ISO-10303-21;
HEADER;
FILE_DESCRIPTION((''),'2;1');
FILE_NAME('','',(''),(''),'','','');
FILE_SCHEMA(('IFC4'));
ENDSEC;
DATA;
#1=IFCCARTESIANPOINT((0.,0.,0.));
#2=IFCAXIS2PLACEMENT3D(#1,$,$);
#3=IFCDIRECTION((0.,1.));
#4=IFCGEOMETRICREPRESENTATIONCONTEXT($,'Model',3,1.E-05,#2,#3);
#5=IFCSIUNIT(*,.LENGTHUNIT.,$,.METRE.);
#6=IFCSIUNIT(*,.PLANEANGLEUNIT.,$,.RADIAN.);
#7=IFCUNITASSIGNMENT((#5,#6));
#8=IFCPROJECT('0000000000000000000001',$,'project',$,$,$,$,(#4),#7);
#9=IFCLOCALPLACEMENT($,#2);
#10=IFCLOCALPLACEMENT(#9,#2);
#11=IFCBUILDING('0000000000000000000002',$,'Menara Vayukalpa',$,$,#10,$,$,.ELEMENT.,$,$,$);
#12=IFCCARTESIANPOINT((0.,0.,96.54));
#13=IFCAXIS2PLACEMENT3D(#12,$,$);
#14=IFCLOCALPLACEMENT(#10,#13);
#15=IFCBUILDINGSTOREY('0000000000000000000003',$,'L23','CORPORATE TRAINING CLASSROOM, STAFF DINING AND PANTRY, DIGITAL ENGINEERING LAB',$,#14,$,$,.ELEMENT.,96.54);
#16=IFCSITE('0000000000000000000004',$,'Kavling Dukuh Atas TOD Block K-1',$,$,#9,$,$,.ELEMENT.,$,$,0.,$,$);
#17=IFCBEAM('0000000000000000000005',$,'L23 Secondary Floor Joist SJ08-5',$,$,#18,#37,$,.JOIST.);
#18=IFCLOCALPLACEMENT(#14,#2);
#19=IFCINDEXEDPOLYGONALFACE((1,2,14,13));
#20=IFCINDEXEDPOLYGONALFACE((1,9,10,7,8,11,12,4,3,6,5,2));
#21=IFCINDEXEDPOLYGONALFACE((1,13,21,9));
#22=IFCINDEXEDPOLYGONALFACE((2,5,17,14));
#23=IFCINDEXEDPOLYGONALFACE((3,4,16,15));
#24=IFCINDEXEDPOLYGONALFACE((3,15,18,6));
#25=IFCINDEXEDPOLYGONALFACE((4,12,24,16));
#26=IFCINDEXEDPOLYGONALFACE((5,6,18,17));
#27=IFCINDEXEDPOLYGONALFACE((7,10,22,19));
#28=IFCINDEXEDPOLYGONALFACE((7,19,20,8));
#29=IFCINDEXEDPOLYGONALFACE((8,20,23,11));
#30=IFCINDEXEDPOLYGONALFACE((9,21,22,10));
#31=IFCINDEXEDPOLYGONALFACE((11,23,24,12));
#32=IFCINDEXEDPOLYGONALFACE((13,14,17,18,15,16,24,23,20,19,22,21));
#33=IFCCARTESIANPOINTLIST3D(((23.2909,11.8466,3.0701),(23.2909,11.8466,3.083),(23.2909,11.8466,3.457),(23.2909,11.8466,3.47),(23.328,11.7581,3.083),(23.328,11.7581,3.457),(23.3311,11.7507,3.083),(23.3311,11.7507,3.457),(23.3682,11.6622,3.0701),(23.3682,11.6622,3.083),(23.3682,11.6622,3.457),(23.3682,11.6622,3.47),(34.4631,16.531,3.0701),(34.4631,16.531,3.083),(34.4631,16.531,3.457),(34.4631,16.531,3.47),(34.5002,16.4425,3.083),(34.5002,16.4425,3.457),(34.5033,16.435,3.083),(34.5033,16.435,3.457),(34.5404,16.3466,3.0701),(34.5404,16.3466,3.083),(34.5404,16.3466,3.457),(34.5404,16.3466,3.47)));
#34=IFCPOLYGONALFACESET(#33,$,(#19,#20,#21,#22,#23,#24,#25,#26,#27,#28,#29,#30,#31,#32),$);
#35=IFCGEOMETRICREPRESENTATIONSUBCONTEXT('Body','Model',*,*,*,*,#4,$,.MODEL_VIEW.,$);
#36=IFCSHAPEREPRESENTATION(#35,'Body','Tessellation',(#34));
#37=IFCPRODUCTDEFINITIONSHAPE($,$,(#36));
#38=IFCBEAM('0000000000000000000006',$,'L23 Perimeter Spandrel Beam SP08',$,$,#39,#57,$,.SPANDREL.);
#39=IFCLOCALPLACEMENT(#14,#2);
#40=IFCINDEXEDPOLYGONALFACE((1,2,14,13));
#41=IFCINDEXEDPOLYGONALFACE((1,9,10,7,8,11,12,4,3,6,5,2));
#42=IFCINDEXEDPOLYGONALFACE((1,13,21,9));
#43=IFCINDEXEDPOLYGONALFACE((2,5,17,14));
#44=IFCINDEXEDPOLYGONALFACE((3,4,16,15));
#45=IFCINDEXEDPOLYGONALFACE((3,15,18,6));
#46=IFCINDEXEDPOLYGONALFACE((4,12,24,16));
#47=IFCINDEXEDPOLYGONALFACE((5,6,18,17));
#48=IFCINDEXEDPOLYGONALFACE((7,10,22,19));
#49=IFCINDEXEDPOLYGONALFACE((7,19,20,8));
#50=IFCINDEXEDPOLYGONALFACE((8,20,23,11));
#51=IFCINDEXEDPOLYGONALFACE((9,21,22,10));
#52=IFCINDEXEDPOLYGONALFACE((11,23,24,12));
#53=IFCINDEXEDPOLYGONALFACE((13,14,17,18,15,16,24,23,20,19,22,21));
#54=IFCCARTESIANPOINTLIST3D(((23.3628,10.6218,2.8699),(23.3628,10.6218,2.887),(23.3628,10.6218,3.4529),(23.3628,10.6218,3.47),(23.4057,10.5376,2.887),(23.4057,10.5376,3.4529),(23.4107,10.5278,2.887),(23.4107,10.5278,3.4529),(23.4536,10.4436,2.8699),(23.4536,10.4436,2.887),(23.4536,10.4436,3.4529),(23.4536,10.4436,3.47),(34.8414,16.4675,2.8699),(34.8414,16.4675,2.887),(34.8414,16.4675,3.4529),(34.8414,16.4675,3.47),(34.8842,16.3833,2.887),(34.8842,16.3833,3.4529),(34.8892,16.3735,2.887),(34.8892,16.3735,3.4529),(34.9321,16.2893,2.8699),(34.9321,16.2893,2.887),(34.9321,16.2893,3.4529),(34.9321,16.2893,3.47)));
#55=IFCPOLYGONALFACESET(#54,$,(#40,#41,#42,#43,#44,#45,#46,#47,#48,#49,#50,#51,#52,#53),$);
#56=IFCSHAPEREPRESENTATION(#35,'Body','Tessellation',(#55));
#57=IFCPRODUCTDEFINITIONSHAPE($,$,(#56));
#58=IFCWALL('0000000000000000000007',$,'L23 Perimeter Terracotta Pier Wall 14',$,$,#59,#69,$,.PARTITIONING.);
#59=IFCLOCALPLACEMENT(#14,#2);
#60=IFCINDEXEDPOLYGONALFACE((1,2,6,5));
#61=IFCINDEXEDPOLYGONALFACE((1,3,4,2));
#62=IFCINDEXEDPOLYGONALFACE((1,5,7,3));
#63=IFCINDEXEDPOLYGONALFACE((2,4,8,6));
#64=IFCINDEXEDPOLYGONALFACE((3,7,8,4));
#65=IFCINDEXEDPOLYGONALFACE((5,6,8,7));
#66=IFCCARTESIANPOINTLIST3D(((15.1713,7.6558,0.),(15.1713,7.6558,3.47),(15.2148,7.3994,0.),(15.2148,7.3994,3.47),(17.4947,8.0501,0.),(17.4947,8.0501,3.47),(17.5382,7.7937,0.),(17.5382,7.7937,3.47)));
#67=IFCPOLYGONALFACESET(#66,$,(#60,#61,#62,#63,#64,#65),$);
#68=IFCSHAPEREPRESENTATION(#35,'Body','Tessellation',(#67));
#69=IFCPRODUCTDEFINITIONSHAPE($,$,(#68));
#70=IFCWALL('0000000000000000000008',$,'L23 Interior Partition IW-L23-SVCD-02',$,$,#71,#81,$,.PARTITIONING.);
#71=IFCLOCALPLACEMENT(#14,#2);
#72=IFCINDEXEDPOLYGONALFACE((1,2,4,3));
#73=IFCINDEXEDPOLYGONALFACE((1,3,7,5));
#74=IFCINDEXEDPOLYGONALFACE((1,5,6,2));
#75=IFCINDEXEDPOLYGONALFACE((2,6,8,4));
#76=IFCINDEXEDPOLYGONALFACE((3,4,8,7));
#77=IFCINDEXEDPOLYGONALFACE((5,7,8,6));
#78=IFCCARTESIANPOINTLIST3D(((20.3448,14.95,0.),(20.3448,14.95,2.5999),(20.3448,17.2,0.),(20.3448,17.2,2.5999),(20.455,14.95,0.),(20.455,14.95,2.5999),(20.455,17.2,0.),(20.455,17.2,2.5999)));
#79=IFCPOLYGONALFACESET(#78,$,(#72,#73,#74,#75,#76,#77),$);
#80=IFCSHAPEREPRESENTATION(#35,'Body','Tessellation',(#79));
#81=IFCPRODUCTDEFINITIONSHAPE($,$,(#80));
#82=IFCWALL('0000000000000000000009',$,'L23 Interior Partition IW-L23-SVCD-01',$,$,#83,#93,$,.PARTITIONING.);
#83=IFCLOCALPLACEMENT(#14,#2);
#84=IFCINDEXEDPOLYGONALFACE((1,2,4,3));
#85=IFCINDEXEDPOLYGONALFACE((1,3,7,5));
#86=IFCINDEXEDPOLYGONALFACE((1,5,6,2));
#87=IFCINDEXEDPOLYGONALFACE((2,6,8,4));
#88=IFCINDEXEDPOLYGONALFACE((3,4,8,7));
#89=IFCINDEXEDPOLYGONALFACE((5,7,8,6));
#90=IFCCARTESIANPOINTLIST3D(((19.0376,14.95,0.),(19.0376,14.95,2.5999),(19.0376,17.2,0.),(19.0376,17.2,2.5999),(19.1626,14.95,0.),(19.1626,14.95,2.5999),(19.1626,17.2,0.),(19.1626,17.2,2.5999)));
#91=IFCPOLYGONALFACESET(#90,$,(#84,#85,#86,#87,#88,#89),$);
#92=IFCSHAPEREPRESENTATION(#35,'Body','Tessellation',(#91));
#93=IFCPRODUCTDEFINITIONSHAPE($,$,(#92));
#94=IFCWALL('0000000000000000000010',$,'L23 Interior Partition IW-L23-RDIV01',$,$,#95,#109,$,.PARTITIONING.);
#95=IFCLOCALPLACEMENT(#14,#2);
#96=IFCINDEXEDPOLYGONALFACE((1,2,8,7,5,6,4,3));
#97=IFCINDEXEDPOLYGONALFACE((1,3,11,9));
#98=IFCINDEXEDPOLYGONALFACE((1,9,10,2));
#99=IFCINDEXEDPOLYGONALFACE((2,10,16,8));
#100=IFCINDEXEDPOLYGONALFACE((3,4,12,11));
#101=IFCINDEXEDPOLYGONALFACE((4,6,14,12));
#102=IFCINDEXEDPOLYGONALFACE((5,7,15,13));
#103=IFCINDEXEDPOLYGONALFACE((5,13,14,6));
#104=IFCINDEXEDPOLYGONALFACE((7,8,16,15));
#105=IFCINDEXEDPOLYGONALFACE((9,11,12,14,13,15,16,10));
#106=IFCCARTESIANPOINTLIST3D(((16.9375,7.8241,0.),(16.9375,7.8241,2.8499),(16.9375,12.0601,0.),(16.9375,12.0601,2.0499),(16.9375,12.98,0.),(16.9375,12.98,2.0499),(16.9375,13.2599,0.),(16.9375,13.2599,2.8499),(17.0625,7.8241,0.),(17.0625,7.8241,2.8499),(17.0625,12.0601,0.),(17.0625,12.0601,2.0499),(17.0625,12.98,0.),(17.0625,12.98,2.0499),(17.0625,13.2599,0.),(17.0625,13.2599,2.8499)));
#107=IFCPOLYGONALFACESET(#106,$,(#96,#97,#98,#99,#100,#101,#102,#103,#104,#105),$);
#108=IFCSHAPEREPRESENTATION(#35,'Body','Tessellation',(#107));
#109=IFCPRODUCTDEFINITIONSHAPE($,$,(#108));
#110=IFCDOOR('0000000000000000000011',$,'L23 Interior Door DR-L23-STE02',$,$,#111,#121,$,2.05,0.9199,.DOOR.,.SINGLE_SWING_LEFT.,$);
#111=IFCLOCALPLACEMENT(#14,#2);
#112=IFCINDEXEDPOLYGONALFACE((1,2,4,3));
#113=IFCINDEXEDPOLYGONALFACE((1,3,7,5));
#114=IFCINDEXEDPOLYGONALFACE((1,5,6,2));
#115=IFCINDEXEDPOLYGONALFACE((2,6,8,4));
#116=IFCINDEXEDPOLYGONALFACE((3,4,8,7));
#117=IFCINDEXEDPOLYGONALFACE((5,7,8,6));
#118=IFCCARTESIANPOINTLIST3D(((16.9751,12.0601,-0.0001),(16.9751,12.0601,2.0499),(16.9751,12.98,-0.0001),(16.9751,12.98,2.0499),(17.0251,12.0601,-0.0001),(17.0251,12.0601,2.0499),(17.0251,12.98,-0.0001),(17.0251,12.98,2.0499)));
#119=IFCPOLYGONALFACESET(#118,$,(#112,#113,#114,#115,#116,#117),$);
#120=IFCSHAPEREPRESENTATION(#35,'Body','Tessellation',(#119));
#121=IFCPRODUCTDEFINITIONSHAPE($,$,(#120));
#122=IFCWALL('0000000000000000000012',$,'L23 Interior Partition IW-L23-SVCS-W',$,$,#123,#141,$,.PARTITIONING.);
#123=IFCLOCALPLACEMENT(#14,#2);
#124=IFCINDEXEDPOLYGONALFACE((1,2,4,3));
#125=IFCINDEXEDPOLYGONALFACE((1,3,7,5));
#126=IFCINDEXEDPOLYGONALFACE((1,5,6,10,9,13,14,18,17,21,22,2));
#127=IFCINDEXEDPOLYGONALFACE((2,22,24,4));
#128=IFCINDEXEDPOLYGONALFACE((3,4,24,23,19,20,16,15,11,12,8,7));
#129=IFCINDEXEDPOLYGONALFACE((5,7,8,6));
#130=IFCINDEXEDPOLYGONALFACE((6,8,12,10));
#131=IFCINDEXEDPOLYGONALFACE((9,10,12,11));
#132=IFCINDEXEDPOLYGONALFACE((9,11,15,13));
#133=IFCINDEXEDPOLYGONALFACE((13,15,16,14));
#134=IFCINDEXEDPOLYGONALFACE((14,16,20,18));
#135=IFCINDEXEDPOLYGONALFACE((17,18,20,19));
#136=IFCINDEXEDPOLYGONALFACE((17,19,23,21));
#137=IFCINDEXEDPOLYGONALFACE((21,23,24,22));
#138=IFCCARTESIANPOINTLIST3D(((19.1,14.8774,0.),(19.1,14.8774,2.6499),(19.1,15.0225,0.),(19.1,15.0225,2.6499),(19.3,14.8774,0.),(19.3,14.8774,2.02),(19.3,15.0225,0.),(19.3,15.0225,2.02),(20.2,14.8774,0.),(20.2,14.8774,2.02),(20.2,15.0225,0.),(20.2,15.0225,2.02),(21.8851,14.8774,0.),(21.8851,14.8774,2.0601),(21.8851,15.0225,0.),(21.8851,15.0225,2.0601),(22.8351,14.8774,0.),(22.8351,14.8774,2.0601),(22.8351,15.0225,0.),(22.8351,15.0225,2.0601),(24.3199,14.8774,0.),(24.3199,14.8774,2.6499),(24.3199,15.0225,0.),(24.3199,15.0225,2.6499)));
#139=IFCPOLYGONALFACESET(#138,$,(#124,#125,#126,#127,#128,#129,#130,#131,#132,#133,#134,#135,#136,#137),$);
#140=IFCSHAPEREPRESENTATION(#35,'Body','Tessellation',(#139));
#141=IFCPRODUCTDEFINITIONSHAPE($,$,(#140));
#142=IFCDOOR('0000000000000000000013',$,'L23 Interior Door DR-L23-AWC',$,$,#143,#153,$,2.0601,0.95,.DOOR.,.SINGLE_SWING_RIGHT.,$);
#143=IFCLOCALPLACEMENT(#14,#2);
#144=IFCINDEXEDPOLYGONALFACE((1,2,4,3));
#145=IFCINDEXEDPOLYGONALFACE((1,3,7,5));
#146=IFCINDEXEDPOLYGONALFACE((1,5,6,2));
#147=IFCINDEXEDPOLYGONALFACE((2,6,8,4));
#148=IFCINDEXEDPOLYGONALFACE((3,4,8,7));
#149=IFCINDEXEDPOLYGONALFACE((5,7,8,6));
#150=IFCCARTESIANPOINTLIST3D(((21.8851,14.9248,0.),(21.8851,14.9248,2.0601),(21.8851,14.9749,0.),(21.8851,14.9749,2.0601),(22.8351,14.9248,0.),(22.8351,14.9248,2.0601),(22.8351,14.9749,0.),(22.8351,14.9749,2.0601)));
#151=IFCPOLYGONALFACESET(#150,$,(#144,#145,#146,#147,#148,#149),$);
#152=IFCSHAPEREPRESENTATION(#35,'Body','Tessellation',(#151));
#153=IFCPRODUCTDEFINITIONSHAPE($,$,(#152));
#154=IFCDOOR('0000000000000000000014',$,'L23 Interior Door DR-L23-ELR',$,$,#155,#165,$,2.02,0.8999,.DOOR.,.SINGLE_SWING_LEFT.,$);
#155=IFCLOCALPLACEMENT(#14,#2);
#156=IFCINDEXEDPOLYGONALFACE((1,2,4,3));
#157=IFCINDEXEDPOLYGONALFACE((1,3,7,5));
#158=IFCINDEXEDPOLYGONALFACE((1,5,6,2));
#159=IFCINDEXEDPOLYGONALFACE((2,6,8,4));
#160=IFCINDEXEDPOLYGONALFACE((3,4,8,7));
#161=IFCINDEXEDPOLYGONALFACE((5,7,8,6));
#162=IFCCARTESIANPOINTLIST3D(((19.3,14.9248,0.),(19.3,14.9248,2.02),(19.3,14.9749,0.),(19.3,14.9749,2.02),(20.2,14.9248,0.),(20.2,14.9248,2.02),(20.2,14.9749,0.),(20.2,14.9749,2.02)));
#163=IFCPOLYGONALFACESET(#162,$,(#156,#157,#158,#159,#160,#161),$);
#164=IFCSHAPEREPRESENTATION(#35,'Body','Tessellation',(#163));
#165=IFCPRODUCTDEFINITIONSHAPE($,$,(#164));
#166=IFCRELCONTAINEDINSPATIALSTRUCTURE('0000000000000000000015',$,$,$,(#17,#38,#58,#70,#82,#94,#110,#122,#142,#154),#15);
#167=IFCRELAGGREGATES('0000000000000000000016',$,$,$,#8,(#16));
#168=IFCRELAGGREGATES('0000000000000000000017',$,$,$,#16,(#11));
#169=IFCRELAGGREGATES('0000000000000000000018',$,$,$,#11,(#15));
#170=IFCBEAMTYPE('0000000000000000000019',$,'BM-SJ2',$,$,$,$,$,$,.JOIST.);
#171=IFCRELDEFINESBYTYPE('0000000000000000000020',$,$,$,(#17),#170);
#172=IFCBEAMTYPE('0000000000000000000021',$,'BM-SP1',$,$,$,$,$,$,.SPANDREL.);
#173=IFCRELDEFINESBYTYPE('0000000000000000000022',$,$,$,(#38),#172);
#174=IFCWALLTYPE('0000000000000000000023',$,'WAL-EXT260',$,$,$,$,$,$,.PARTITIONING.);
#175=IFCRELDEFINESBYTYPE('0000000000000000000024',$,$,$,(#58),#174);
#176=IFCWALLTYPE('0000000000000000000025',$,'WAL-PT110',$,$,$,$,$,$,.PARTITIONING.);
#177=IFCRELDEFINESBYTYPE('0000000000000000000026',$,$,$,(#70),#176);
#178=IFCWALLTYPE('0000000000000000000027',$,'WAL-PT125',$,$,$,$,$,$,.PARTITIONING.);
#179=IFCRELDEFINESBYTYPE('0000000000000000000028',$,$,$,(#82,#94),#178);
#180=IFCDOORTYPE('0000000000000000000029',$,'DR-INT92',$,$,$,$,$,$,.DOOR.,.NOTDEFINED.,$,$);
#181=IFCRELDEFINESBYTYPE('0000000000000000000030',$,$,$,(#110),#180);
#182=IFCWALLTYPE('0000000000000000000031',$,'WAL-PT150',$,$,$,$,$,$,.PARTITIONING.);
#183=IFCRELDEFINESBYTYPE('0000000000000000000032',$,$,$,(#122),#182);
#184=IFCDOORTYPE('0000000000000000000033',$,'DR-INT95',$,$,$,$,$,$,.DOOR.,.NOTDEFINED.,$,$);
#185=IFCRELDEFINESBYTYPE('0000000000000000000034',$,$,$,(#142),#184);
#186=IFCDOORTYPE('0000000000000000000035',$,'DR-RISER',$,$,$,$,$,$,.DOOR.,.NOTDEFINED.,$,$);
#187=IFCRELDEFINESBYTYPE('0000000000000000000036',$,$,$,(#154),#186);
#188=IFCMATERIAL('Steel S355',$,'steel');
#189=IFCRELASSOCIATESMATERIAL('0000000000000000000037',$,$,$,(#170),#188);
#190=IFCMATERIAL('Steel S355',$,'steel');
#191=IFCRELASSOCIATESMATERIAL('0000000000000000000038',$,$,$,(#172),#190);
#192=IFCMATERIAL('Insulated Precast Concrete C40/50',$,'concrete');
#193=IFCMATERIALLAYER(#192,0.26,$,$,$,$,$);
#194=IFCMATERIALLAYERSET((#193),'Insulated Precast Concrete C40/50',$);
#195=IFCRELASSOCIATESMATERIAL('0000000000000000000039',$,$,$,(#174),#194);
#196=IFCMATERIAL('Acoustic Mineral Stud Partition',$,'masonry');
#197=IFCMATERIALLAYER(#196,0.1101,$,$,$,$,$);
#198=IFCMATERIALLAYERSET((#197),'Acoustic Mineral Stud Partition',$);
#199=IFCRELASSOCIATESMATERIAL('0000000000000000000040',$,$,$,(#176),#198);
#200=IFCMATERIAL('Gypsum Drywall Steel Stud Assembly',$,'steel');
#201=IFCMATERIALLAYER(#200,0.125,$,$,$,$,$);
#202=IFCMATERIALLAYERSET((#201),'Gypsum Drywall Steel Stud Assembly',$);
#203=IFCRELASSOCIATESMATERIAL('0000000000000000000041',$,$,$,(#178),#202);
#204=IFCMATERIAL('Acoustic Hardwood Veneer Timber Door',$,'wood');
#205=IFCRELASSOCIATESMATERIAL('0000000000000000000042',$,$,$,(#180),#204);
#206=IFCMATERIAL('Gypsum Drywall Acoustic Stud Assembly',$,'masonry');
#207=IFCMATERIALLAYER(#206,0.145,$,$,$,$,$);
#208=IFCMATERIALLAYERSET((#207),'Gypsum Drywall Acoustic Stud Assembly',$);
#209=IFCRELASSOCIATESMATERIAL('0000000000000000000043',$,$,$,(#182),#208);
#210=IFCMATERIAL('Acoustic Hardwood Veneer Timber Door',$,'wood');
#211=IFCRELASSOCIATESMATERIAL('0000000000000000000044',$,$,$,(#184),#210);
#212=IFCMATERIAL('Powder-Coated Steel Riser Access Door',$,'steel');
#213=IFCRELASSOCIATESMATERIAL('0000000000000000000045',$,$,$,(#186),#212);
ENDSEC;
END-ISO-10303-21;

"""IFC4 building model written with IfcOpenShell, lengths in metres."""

from ifc_helpers import new_model, si_unit, direction, frame, frame_2d, origin, origin_2d, place, context, subcontext, project, spatial, rectangle, i_section, extrude, material, layer, layer_set, material_profile, profile_set, type_object, element, fill, save


model = new_model("IFC4")

# Units and contexts
model_context = context("Model", 3, precision=1e-05, world=origin(), true_north=direction((0.0, 1.0)))
body_context = subcontext(model_context, "Body", "Model", "MODEL_VIEW")
ifc_project = project(units=[si_unit("LENGTHUNIT", "METRE"), si_unit("PLANEANGLEUNIT", "RADIAN")], contexts=[model_context])

# Site, building, storey
site_placement = place(None, origin())
site = spatial("IfcSite", under=ifc_project, at=site_placement, Name="Kavling Dukuh Atas TOD Block K-1", CompositionType="ELEMENT", RefElevation=0.0)
building_placement = place(site_placement, origin())
building = spatial("IfcBuilding", under=site, at=building_placement, Name="Menara Vayukalpa", CompositionType="ELEMENT")
storey_placement = place(building_placement, frame((0.0, 0.0, 96.54)))
storey = spatial("IfcBuildingStorey", under=building, at=storey_placement, Name="L23", Description="CORPORATE TRAINING CLASSROOM, STAFF DINING AND PANTRY, DIGITAL ENGINEERING LAB", CompositionType="ELEMENT", Elevation=96.54)

# Beams
ifc_material_1 = material(Name="Steel S355", Category="steel")
ifc_material_profile_1 = material_profile(ifc_material_1, i_section(OverallWidth=0.2, OverallDepth=0.3999, WebThickness=0.0081, FlangeThickness=0.0129, at=origin_2d()), Name="WF 400x200x8x13")
ifc_profile_set_1 = profile_set([ifc_material_profile_1], Name="Steel S355")
beam_type_1 = type_object("IfcBeamType", Name="BM-SJ2", PredefinedType="JOIST", material=ifc_profile_set_1)
beam_1_placement = place(storey_placement, frame((23.3296, 11.7544, 3.27), z_axis=(0.922217, 0.386674, 0.0), x_axis=(-0.386674, 0.922217, 0.0)))
element("IfcBeam", 1, at=beam_1_placement, inside=storey, type_object=beam_type_1, Name="L23 Secondary Floor Joist SJ08-5", PredefinedType="JOIST", context=body_context, shape_type="SweptSolid", body=[
    extrude(i_section(OverallWidth=0.2, OverallDepth=0.3999, WebThickness=0.0081, FlangeThickness=0.0129, at=origin_2d()), origin(), (0.0, 0.0, 1.0), 12.1145),
])
ifc_material_2 = material(Name="Steel S355", Category="steel")
ifc_material_profile_2 = material_profile(ifc_material_2, i_section(OverallWidth=0.2, OverallDepth=0.6001, WebThickness=0.011, FlangeThickness=0.0171, at=origin_2d()), Name="WF 600x200x11x17")
ifc_profile_set_2 = profile_set([ifc_material_profile_2], Name="Steel S355")
beam_type_2 = type_object("IfcBeamType", Name="BM-SP1", PredefinedType="SPANDREL", material=ifc_profile_set_2)
beam_2_placement = place(storey_placement, frame((23.4082, 10.5327, 3.1699), z_axis=(0.891097, 0.453812, 0.0), x_axis=(-0.453812, 0.891097, 0.0)))
element("IfcBeam", 2, at=beam_2_placement, inside=storey, type_object=beam_type_2, Name="L23 Perimeter Spandrel Beam SP08", PredefinedType="SPANDREL", context=body_context, shape_type="SweptSolid", body=[
    extrude(i_section(OverallWidth=0.2, OverallDepth=0.6001, WebThickness=0.011, FlangeThickness=0.0171, at=origin_2d()), origin(), (0.0, 0.0, 1.0), 12.8813),
])

# Walls
ifc_material_3 = material(Name="Insulated Precast Concrete C40/50", Category="concrete")
ifc_layer_1 = layer(ifc_material_3, 0.26)
ifc_layer_set_1 = layer_set([ifc_layer_1], Name="Insulated Precast Concrete C40/50")
wall_type_1 = type_object("IfcWallType", Name="WAL-EXT260", PredefinedType="PARTITIONING", material=ifc_layer_set_1)
wall_1_placement = place(storey_placement, frame((17.5164, 7.9219, 0.0), z_axis=(0.0, 0.0, 1.0), x_axis=(-0.985905, -0.167305, 0.0)))
element("IfcWall", 3, at=wall_1_placement, inside=storey, type_object=wall_type_1, Name="L23 Perimeter Terracotta Pier Wall 14", PredefinedType="PARTITIONING", context=body_context, shape_type="SweptSolid", body=[
    extrude(rectangle(XDim=2.3567, YDim=0.26, at=frame_2d((1.1782, 0.0))), origin(), (0.0, 0.0, 1.0), 3.47),
])
ifc_material_4 = material(Name="Acoustic Mineral Stud Partition", Category="masonry")
ifc_layer_2 = layer(ifc_material_4, 0.1101)
ifc_layer_set_2 = layer_set([ifc_layer_2], Name="Acoustic Mineral Stud Partition")
wall_type_2 = type_object("IfcWallType", Name="WAL-PT110", PredefinedType="PARTITIONING", material=ifc_layer_set_2)
wall_2_placement = place(storey_placement, frame((20.3999, 14.95, 0.0), z_axis=(0.0, 0.0, 1.0), x_axis=(0.0, 1.0, 0.0)))
element("IfcWall", 4, at=wall_2_placement, inside=storey, type_object=wall_type_2, Name="L23 Interior Partition IW-L23-SVCD-02", PredefinedType="PARTITIONING", context=body_context, shape_type="SweptSolid", body=[
    extrude(rectangle(XDim=2.25, YDim=0.1101, at=frame_2d((1.125, 0.0))), origin(), (0.0, 0.0, 1.0), 2.5999),
])
ifc_material_5 = material(Name="Gypsum Drywall Steel Stud Assembly", Category="steel")
ifc_layer_3 = layer(ifc_material_5, 0.125)
ifc_layer_set_3 = layer_set([ifc_layer_3], Name="Gypsum Drywall Steel Stud Assembly")
wall_type_3 = type_object("IfcWallType", Name="WAL-PT125", PredefinedType="PARTITIONING", material=ifc_layer_set_3)
wall_3_placement = place(storey_placement, frame((19.1001, 14.95, 0.0), z_axis=(0.0, 0.0, 1.0), x_axis=(0.0, 1.0, 0.0)))
element("IfcWall", 5, at=wall_3_placement, inside=storey, type_object=wall_type_3, Name="L23 Interior Partition IW-L23-SVCD-01", PredefinedType="PARTITIONING", context=body_context, shape_type="SweptSolid", body=[
    extrude(rectangle(XDim=2.25, YDim=0.125, at=frame_2d((1.125, 0.0))), origin(), (0.0, 0.0, 1.0), 2.5999),
])

# Wall, opening, door
wall_4_placement = place(storey_placement, frame((17.0, 7.8242, 0.0), z_axis=(0.0, 0.0, 1.0), x_axis=(0.0, 1.0, 0.0)))
wall_4 = element("IfcWall", 6, at=wall_4_placement, inside=storey, type_object=wall_type_3, Name="L23 Interior Partition IW-L23-RDIV01", PredefinedType="PARTITIONING", context=body_context, shape_type="SweptSolid", body=[
    extrude(rectangle(XDim=5.4358, YDim=0.125, at=frame_2d((2.7178, 0.0))), origin(), (0.0, 0.0, 1.0), 2.8499),
])
opening_1_placement = place(wall_4_placement, frame((4.2358, 0.0, 0.0)))
opening_1 = element("IfcOpeningElement", 7, at=opening_1_placement, cuts=wall_4, PredefinedType="OPENING", context=body_context, shape_type="SweptSolid", body=[
    extrude(rectangle(XDim=0.9199, YDim=2.05, at=frame_2d((0.46, 1.0249))), frame((0.0, 0.0725, 0.0), z_axis=(0.0, -1.0, 0.0), x_axis=(1.0, 0.0, 0.0)), (0.0, 0.0, 1.0), 0.145),
])
ifc_material_6 = material(Name="Acoustic Hardwood Veneer Timber Door", Category="wood")
door_type_1 = type_object("IfcDoorType", Name="DR-INT92", OperationType="NOTDEFINED", PredefinedType="DOOR", material=ifc_material_6)
door_1_placement = place(opening_1_placement, origin())
door_1 = element("IfcDoor", 8, at=door_1_placement, inside=storey, type_object=door_type_1, Name="L23 Interior Door DR-L23-STE02", OperationType="SINGLE_SWING_LEFT", OverallHeight=2.05, OverallWidth=0.9199, PredefinedType="DOOR", context=body_context, shape_type="SweptSolid", body=[
    extrude(rectangle(XDim=0.9199, YDim=2.05, at=frame_2d((0.46, 1.0249))), frame((0.0, 0.0249, 0.0), z_axis=(0.0, -1.0, 0.0), x_axis=(1.0, 0.0, 0.0)), (0.0, 0.0, 1.0), 0.05),
])
fill(opening_1, door_1)

# Wall, openings, doors
ifc_material_7 = material(Name="Gypsum Drywall Acoustic Stud Assembly", Category="masonry")
ifc_layer_4 = layer(ifc_material_7, 0.145)
ifc_layer_set_4 = layer_set([ifc_layer_4], Name="Gypsum Drywall Acoustic Stud Assembly")
wall_type_4 = type_object("IfcWallType", Name="WAL-PT150", PredefinedType="PARTITIONING", material=ifc_layer_set_4)
wall_5_placement = place(storey_placement, frame((19.1001, 14.95, 0.0), z_axis=(0.0, 0.0, 1.0), x_axis=(1.0, 0.0, 0.0)))
wall_5 = element("IfcWall", 9, at=wall_5_placement, inside=storey, type_object=wall_type_4, Name="L23 Interior Partition IW-L23-SVCS-W", PredefinedType="PARTITIONING", context=body_context, shape_type="SweptSolid", body=[
    extrude(rectangle(XDim=5.22, YDim=0.145, at=frame_2d((2.6099, 0.0))), origin(), (0.0, 0.0, 1.0), 2.6499),
])
opening_2_placement = place(wall_5_placement, frame((0.2, 0.0, 0.0)))
opening_2 = element("IfcOpeningElement", 10, at=opening_2_placement, cuts=wall_5, PredefinedType="OPENING", context=body_context, shape_type="SweptSolid", body=[
    extrude(rectangle(XDim=0.8999, YDim=2.02, at=frame_2d((0.45, 1.01))), frame((0.0, 0.0825, 0.0), z_axis=(0.0, -1.0, 0.0), x_axis=(1.0, 0.0, 0.0)), (0.0, 0.0, 1.0), 0.165),
])
opening_3_placement = place(wall_5_placement, frame((2.7849, 0.0, 0.0)))
opening_3 = element("IfcOpeningElement", 11, at=opening_3_placement, cuts=wall_5, PredefinedType="OPENING", context=body_context, shape_type="SweptSolid", body=[
    extrude(rectangle(XDim=0.95, YDim=2.0601, at=frame_2d((0.4751, 1.03))), frame((0.0, 0.0825, 0.0), z_axis=(0.0, -1.0, 0.0), x_axis=(1.0, 0.0, 0.0)), (0.0, 0.0, 1.0), 0.165),
])
ifc_material_8 = material(Name="Acoustic Hardwood Veneer Timber Door", Category="wood")
door_type_2 = type_object("IfcDoorType", Name="DR-INT95", OperationType="NOTDEFINED", PredefinedType="DOOR", material=ifc_material_8)
door_2_placement = place(opening_3_placement, origin())
door_2 = element("IfcDoor", 12, at=door_2_placement, inside=storey, type_object=door_type_2, Name="L23 Interior Door DR-L23-AWC", OperationType="SINGLE_SWING_RIGHT", OverallHeight=2.0601, OverallWidth=0.95, PredefinedType="DOOR", context=body_context, shape_type="SweptSolid", body=[
    extrude(rectangle(XDim=0.95, YDim=2.0601, at=frame_2d((0.4751, 1.03))), frame((0.0, 0.0249, 0.0), z_axis=(0.0, -1.0, 0.0), x_axis=(1.0, 0.0, 0.0)), (0.0, 0.0, 1.0), 0.05),
])
fill(opening_3, door_2)
ifc_material_9 = material(Name="Powder-Coated Steel Riser Access Door", Category="steel")
door_type_3 = type_object("IfcDoorType", Name="DR-RISER", OperationType="NOTDEFINED", PredefinedType="DOOR", material=ifc_material_9)
door_3_placement = place(opening_2_placement, origin())
door_3 = element("IfcDoor", 13, at=door_3_placement, inside=storey, type_object=door_type_3, Name="L23 Interior Door DR-L23-ELR", OperationType="SINGLE_SWING_LEFT", OverallHeight=2.02, OverallWidth=0.8999, PredefinedType="DOOR", context=body_context, shape_type="SweptSolid", body=[
    extrude(rectangle(XDim=0.8999, YDim=2.02, at=frame_2d((0.45, 1.01))), frame((0.0, 0.0249, 0.0), z_axis=(0.0, -1.0, 0.0), x_axis=(1.0, 0.0, 0.0)), (0.0, 0.0, 1.0), 0.05),
])
fill(opening_2, door_3)

save(model, "model.ifc")
